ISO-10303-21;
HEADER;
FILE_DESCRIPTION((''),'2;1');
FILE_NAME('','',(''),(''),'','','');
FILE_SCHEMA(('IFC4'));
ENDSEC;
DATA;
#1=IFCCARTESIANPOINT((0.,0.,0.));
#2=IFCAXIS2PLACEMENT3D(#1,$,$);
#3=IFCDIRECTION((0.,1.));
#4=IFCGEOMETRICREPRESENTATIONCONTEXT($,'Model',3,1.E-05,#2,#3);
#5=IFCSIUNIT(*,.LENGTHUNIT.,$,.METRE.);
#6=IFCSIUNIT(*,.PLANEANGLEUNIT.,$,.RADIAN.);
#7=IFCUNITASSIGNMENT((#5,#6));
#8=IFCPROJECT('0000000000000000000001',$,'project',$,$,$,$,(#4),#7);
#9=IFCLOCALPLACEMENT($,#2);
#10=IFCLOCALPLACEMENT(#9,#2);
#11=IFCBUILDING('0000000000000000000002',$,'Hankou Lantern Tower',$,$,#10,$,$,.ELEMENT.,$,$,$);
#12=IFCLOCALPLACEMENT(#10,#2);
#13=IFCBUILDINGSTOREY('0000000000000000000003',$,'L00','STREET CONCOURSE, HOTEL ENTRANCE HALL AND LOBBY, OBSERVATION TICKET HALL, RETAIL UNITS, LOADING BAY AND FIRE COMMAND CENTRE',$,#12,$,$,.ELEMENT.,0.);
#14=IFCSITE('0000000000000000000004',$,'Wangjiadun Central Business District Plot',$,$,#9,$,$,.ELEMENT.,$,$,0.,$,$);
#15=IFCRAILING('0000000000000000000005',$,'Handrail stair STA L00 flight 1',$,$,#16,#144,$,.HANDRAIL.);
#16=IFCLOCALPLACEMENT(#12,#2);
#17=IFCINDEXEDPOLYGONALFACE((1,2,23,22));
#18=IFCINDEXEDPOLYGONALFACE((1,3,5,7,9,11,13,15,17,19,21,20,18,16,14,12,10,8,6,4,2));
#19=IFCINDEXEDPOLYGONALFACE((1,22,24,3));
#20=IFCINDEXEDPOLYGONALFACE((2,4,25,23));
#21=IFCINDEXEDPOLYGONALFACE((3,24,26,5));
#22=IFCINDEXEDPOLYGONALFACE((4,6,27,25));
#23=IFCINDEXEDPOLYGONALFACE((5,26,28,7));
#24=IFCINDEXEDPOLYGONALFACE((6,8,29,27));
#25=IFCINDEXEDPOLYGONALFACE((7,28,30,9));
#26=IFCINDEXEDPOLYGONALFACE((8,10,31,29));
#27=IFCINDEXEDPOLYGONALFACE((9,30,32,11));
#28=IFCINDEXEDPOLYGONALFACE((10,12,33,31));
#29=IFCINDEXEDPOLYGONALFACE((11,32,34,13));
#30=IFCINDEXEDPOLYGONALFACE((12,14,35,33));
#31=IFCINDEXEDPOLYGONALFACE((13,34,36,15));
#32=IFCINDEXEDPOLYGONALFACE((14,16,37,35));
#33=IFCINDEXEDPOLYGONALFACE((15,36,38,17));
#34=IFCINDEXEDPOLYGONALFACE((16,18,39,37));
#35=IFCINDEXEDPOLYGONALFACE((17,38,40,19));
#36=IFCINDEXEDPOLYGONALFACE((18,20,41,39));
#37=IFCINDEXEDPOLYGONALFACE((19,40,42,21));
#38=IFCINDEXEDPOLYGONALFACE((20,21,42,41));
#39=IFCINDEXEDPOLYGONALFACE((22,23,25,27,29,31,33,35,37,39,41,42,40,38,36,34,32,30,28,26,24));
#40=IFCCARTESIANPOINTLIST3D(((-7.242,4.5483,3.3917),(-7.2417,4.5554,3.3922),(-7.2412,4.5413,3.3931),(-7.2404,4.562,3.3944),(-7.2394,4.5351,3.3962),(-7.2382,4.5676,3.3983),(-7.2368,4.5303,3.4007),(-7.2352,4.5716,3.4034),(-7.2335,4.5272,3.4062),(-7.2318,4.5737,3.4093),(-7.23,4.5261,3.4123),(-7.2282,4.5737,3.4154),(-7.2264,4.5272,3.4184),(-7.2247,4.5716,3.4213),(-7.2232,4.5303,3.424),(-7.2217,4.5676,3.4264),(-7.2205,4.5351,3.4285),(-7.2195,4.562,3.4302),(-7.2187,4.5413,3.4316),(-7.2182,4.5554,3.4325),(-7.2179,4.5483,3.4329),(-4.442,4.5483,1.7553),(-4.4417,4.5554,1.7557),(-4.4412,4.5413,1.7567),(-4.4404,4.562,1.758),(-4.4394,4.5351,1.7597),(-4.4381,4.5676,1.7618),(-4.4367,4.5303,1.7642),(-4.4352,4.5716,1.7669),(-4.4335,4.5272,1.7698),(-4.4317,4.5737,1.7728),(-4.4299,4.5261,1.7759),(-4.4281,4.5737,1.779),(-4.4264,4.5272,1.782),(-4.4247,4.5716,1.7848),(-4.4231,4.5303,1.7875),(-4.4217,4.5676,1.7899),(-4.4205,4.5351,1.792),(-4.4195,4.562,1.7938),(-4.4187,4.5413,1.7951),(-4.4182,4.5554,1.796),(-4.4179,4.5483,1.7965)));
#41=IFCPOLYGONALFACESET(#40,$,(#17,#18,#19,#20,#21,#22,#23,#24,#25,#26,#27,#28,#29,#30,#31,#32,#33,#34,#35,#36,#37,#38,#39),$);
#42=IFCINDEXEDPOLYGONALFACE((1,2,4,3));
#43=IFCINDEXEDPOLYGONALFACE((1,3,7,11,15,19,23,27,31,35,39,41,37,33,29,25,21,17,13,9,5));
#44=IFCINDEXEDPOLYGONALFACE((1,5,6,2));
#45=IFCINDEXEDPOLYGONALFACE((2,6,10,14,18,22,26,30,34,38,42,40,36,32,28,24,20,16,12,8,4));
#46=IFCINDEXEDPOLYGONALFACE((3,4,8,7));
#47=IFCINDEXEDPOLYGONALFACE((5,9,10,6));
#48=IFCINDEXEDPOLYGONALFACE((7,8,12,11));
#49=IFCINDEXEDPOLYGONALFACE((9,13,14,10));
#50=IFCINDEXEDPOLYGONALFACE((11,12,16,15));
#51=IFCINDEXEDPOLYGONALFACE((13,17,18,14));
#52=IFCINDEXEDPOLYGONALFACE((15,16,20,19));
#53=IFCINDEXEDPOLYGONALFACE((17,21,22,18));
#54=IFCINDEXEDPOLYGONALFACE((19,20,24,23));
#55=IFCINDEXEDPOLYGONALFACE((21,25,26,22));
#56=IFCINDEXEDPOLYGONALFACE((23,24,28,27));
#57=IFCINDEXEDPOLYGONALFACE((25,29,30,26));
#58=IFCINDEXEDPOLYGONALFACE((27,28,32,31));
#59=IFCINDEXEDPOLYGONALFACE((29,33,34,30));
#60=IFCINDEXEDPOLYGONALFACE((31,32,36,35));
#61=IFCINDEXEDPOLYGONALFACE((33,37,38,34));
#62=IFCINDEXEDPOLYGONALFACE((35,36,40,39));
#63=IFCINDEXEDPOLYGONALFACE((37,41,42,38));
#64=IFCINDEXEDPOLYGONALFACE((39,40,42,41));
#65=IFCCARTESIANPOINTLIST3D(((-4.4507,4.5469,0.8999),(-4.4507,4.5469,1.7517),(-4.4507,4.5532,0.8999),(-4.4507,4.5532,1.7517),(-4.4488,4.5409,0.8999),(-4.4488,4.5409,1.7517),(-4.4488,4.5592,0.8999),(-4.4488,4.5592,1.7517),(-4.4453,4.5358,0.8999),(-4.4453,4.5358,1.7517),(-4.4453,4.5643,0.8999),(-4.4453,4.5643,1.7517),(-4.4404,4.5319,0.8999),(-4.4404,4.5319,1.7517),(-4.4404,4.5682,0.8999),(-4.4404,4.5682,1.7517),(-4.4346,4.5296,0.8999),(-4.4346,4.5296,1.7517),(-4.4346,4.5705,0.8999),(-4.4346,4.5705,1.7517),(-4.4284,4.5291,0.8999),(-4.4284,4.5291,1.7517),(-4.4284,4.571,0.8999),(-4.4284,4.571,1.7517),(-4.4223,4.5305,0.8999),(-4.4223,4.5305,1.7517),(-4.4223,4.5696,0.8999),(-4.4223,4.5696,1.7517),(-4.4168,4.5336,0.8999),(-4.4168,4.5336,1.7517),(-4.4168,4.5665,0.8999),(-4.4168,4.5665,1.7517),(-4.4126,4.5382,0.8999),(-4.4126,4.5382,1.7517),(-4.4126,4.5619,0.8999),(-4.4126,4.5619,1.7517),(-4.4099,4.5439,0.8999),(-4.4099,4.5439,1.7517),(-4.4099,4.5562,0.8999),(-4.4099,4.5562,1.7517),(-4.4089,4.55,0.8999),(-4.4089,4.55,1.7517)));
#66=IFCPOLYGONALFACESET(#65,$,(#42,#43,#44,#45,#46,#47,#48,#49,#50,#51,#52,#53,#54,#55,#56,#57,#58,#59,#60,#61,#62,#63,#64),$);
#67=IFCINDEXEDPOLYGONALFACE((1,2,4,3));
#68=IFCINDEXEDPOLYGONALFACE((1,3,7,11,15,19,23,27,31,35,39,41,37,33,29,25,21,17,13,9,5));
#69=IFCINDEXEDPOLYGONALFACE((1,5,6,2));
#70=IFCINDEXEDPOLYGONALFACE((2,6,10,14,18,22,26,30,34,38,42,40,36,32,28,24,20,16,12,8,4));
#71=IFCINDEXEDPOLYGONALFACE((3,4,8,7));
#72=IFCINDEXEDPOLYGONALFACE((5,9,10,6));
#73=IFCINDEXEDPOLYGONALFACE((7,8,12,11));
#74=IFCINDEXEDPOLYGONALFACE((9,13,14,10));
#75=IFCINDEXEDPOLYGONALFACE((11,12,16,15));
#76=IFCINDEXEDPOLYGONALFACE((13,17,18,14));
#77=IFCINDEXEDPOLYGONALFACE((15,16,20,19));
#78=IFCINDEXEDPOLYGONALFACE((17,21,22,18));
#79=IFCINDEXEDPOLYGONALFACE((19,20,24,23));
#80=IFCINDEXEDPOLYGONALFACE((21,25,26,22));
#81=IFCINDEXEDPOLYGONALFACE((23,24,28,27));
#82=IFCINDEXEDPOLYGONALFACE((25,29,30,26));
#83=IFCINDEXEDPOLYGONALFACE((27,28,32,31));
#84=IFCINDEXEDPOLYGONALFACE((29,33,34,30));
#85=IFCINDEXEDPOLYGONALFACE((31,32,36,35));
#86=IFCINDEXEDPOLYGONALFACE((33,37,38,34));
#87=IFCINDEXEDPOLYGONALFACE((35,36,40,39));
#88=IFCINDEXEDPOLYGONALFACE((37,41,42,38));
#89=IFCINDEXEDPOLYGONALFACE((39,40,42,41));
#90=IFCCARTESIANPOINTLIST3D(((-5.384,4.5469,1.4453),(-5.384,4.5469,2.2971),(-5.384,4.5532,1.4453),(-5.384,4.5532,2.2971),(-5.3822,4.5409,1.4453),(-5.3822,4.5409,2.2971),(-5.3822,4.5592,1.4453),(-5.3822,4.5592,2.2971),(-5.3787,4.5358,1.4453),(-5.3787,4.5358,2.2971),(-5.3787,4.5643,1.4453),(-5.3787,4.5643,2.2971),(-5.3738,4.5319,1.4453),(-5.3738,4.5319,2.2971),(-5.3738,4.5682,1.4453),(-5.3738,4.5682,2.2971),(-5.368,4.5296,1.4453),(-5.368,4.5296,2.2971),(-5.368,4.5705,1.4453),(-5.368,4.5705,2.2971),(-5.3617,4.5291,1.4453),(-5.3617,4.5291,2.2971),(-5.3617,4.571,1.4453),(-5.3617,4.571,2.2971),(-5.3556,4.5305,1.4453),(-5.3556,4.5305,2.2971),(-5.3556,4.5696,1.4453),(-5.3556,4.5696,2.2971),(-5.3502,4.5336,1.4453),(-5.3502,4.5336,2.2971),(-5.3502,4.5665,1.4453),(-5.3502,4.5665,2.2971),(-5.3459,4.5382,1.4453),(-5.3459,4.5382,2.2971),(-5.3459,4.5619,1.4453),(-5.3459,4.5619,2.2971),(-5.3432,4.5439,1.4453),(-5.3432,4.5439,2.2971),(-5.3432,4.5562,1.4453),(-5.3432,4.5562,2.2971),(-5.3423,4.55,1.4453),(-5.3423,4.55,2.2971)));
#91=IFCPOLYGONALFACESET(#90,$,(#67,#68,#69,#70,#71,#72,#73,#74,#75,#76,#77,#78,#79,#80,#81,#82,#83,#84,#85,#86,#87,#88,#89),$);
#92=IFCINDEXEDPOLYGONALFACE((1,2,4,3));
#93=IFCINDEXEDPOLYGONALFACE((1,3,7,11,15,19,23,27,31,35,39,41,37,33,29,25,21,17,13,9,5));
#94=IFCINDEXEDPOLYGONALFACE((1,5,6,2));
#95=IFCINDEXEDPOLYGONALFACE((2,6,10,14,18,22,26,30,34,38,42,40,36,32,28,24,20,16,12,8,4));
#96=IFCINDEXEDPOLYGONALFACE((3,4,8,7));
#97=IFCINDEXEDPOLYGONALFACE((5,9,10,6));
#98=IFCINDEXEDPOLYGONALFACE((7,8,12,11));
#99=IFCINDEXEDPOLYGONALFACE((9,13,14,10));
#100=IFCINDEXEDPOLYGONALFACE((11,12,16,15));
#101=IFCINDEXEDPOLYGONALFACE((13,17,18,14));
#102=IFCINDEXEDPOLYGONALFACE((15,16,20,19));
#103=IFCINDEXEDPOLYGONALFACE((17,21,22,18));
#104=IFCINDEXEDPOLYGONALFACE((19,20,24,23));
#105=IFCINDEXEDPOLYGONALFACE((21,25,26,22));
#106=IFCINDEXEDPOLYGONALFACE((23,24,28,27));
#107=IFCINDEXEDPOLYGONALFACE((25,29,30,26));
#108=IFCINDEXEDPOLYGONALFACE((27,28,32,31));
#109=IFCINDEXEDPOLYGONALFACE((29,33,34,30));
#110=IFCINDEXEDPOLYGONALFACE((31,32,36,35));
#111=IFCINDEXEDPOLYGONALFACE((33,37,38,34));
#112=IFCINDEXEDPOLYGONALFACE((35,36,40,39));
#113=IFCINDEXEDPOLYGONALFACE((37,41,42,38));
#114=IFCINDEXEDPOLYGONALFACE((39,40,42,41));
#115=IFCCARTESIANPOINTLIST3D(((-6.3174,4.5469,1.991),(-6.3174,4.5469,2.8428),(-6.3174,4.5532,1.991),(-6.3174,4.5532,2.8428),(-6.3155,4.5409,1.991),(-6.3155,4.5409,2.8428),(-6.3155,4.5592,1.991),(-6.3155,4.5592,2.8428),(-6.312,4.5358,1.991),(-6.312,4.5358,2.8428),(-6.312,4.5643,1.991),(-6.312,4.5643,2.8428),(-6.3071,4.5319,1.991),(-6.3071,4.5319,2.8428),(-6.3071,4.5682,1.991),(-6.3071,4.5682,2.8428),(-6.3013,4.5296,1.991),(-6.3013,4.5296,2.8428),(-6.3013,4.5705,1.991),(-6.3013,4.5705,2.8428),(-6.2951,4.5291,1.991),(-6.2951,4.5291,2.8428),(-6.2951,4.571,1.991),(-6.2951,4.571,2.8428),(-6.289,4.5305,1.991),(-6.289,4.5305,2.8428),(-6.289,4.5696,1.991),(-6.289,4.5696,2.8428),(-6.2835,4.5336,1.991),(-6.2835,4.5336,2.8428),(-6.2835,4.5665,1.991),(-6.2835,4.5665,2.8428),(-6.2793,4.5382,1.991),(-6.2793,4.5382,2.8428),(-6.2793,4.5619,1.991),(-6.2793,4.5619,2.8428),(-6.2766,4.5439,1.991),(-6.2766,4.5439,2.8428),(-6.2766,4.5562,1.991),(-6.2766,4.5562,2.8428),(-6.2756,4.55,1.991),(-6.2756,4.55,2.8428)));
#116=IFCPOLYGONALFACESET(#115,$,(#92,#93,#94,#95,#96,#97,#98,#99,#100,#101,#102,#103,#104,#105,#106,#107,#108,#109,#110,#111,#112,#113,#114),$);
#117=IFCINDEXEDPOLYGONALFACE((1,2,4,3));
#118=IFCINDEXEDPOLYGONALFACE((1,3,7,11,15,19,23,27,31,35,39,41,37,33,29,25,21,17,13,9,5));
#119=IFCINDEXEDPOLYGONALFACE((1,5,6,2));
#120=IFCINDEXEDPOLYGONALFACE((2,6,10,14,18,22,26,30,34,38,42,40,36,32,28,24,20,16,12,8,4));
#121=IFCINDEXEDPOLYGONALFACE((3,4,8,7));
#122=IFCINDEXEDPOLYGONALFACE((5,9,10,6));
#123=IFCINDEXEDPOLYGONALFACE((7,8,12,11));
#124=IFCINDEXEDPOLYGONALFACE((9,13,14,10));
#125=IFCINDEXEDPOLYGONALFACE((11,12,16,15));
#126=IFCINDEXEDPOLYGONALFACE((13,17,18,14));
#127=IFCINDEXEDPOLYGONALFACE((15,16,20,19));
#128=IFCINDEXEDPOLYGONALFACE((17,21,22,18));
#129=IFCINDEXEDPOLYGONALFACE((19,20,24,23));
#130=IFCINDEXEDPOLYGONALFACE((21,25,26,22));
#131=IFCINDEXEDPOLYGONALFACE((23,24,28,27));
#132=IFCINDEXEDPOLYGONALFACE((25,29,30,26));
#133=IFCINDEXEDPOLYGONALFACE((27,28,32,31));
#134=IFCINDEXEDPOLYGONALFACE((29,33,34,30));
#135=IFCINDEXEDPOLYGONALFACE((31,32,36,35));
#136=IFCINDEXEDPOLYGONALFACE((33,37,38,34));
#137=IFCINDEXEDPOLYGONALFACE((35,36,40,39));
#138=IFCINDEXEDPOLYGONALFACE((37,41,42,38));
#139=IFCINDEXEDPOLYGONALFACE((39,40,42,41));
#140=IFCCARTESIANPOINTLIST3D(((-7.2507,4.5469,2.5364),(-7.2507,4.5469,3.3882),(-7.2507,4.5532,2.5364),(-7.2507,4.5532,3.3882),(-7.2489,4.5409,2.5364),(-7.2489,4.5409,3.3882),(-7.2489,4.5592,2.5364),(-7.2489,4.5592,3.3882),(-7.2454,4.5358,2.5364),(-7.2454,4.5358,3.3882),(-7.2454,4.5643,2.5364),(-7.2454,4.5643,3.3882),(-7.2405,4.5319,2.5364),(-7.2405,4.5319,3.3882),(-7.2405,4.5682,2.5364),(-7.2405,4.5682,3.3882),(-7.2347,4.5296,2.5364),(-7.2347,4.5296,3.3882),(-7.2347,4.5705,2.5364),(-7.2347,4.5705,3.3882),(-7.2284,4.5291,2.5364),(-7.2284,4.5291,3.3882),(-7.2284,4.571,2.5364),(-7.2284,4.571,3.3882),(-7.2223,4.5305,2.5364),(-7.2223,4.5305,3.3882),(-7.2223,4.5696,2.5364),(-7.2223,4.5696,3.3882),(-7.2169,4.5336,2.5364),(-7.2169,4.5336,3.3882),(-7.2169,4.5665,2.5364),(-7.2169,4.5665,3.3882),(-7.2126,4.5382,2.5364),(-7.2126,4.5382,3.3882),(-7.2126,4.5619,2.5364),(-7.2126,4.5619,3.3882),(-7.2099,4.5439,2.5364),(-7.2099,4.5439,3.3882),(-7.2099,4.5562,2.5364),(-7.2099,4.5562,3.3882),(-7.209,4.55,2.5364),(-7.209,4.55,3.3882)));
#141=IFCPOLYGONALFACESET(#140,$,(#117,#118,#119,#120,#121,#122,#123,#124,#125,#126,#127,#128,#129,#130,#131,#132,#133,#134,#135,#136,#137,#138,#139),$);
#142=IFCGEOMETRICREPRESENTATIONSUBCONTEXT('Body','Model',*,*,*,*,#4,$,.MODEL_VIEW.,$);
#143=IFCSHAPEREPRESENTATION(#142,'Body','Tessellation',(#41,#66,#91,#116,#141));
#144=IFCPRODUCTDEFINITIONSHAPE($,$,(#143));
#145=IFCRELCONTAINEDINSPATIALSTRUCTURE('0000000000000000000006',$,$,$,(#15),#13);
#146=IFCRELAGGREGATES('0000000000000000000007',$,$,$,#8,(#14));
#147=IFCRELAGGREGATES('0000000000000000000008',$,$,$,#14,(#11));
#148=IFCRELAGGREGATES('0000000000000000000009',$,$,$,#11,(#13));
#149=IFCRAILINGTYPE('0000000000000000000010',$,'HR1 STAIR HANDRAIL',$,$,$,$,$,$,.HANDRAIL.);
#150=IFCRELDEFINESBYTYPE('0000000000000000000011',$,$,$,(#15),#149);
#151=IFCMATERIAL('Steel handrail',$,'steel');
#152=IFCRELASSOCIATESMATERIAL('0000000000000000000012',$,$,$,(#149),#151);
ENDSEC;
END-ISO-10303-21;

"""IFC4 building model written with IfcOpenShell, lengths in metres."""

from ifc_helpers import new_model, si_unit, direction, frame, origin, origin_2d, place, context, subcontext, project, spatial, circle, extrude, material, type_object, element, save


model = new_model("IFC4")

# Units and contexts
model_context = context("Model", 3, precision=1e-05, world=origin(), true_north=direction((0.0, 1.0)))
body_context = subcontext(model_context, "Body", "Model", "MODEL_VIEW")
ifc_project = project(units=[si_unit("LENGTHUNIT", "METRE"), si_unit("PLANEANGLEUNIT", "RADIAN")], contexts=[model_context])

# Site, building, storey
site_placement = place(None, origin())
site = spatial("IfcSite", under=ifc_project, at=site_placement, Name="Wangjiadun Central Business District Plot", CompositionType="ELEMENT", RefElevation=0.0)
building_placement = place(site_placement, origin())
building = spatial("IfcBuilding", under=site, at=building_placement, Name="Hankou Lantern Tower", CompositionType="ELEMENT")
storey_placement = place(building_placement, origin())
storey = spatial("IfcBuildingStorey", under=building, at=storey_placement, Name="L00", Description="STREET CONCOURSE, HOTEL ENTRANCE HALL AND LOBBY, OBSERVATION TICKET HALL, RETAIL UNITS, LOADING BAY AND FIRE COMMAND CENTRE", CompositionType="ELEMENT", Elevation=0.0)

# Railing
ifc_material_1 = material(Name="Steel handrail", Category="steel")
railing_type = type_object("IfcRailingType", Name="HR1 STAIR HANDRAIL", PredefinedType="HANDRAIL", material=ifc_material_1)
for number, where, name in (
    (1, (-4.4299, 4.55, 0.8999), "Handrail stair STA L00 flight 1"),
):
    element("IfcRailing", number, at=place(storey_placement, frame(where)), inside=storey, type_object=railing_type, Name=name, PredefinedType="HANDRAIL", context=body_context, shape_type="SweptSolid", body=[
        extrude(circle(Radius=0.0239, at=origin_2d()), frame((0.0, 0.0, 0.876), z_axis=(-0.863361, 0.0, 0.504587), x_axis=(0.0, -1.0, 0.0)), (0.0, 0.0, 1.0), 3.2432),
        extrude(circle(Radius=0.021, at=origin_2d()), origin(), (0.0, 0.0, 1.0), 0.8518),
        extrude(circle(Radius=0.021, at=origin_2d()), frame((-0.9333, 0.0, 0.5454)), (0.0, 0.0, 1.0), 0.8518),
        extrude(circle(Radius=0.021, at=origin_2d()), frame((-1.8667, 0.0, 1.0911)), (0.0, 0.0, 1.0), 0.8518),
        extrude(circle(Radius=0.021, at=origin_2d()), frame((-2.8, 0.0, 1.6365)), (0.0, 0.0, 1.0), 0.8518),
    ])

save(model, "model.ifc")
